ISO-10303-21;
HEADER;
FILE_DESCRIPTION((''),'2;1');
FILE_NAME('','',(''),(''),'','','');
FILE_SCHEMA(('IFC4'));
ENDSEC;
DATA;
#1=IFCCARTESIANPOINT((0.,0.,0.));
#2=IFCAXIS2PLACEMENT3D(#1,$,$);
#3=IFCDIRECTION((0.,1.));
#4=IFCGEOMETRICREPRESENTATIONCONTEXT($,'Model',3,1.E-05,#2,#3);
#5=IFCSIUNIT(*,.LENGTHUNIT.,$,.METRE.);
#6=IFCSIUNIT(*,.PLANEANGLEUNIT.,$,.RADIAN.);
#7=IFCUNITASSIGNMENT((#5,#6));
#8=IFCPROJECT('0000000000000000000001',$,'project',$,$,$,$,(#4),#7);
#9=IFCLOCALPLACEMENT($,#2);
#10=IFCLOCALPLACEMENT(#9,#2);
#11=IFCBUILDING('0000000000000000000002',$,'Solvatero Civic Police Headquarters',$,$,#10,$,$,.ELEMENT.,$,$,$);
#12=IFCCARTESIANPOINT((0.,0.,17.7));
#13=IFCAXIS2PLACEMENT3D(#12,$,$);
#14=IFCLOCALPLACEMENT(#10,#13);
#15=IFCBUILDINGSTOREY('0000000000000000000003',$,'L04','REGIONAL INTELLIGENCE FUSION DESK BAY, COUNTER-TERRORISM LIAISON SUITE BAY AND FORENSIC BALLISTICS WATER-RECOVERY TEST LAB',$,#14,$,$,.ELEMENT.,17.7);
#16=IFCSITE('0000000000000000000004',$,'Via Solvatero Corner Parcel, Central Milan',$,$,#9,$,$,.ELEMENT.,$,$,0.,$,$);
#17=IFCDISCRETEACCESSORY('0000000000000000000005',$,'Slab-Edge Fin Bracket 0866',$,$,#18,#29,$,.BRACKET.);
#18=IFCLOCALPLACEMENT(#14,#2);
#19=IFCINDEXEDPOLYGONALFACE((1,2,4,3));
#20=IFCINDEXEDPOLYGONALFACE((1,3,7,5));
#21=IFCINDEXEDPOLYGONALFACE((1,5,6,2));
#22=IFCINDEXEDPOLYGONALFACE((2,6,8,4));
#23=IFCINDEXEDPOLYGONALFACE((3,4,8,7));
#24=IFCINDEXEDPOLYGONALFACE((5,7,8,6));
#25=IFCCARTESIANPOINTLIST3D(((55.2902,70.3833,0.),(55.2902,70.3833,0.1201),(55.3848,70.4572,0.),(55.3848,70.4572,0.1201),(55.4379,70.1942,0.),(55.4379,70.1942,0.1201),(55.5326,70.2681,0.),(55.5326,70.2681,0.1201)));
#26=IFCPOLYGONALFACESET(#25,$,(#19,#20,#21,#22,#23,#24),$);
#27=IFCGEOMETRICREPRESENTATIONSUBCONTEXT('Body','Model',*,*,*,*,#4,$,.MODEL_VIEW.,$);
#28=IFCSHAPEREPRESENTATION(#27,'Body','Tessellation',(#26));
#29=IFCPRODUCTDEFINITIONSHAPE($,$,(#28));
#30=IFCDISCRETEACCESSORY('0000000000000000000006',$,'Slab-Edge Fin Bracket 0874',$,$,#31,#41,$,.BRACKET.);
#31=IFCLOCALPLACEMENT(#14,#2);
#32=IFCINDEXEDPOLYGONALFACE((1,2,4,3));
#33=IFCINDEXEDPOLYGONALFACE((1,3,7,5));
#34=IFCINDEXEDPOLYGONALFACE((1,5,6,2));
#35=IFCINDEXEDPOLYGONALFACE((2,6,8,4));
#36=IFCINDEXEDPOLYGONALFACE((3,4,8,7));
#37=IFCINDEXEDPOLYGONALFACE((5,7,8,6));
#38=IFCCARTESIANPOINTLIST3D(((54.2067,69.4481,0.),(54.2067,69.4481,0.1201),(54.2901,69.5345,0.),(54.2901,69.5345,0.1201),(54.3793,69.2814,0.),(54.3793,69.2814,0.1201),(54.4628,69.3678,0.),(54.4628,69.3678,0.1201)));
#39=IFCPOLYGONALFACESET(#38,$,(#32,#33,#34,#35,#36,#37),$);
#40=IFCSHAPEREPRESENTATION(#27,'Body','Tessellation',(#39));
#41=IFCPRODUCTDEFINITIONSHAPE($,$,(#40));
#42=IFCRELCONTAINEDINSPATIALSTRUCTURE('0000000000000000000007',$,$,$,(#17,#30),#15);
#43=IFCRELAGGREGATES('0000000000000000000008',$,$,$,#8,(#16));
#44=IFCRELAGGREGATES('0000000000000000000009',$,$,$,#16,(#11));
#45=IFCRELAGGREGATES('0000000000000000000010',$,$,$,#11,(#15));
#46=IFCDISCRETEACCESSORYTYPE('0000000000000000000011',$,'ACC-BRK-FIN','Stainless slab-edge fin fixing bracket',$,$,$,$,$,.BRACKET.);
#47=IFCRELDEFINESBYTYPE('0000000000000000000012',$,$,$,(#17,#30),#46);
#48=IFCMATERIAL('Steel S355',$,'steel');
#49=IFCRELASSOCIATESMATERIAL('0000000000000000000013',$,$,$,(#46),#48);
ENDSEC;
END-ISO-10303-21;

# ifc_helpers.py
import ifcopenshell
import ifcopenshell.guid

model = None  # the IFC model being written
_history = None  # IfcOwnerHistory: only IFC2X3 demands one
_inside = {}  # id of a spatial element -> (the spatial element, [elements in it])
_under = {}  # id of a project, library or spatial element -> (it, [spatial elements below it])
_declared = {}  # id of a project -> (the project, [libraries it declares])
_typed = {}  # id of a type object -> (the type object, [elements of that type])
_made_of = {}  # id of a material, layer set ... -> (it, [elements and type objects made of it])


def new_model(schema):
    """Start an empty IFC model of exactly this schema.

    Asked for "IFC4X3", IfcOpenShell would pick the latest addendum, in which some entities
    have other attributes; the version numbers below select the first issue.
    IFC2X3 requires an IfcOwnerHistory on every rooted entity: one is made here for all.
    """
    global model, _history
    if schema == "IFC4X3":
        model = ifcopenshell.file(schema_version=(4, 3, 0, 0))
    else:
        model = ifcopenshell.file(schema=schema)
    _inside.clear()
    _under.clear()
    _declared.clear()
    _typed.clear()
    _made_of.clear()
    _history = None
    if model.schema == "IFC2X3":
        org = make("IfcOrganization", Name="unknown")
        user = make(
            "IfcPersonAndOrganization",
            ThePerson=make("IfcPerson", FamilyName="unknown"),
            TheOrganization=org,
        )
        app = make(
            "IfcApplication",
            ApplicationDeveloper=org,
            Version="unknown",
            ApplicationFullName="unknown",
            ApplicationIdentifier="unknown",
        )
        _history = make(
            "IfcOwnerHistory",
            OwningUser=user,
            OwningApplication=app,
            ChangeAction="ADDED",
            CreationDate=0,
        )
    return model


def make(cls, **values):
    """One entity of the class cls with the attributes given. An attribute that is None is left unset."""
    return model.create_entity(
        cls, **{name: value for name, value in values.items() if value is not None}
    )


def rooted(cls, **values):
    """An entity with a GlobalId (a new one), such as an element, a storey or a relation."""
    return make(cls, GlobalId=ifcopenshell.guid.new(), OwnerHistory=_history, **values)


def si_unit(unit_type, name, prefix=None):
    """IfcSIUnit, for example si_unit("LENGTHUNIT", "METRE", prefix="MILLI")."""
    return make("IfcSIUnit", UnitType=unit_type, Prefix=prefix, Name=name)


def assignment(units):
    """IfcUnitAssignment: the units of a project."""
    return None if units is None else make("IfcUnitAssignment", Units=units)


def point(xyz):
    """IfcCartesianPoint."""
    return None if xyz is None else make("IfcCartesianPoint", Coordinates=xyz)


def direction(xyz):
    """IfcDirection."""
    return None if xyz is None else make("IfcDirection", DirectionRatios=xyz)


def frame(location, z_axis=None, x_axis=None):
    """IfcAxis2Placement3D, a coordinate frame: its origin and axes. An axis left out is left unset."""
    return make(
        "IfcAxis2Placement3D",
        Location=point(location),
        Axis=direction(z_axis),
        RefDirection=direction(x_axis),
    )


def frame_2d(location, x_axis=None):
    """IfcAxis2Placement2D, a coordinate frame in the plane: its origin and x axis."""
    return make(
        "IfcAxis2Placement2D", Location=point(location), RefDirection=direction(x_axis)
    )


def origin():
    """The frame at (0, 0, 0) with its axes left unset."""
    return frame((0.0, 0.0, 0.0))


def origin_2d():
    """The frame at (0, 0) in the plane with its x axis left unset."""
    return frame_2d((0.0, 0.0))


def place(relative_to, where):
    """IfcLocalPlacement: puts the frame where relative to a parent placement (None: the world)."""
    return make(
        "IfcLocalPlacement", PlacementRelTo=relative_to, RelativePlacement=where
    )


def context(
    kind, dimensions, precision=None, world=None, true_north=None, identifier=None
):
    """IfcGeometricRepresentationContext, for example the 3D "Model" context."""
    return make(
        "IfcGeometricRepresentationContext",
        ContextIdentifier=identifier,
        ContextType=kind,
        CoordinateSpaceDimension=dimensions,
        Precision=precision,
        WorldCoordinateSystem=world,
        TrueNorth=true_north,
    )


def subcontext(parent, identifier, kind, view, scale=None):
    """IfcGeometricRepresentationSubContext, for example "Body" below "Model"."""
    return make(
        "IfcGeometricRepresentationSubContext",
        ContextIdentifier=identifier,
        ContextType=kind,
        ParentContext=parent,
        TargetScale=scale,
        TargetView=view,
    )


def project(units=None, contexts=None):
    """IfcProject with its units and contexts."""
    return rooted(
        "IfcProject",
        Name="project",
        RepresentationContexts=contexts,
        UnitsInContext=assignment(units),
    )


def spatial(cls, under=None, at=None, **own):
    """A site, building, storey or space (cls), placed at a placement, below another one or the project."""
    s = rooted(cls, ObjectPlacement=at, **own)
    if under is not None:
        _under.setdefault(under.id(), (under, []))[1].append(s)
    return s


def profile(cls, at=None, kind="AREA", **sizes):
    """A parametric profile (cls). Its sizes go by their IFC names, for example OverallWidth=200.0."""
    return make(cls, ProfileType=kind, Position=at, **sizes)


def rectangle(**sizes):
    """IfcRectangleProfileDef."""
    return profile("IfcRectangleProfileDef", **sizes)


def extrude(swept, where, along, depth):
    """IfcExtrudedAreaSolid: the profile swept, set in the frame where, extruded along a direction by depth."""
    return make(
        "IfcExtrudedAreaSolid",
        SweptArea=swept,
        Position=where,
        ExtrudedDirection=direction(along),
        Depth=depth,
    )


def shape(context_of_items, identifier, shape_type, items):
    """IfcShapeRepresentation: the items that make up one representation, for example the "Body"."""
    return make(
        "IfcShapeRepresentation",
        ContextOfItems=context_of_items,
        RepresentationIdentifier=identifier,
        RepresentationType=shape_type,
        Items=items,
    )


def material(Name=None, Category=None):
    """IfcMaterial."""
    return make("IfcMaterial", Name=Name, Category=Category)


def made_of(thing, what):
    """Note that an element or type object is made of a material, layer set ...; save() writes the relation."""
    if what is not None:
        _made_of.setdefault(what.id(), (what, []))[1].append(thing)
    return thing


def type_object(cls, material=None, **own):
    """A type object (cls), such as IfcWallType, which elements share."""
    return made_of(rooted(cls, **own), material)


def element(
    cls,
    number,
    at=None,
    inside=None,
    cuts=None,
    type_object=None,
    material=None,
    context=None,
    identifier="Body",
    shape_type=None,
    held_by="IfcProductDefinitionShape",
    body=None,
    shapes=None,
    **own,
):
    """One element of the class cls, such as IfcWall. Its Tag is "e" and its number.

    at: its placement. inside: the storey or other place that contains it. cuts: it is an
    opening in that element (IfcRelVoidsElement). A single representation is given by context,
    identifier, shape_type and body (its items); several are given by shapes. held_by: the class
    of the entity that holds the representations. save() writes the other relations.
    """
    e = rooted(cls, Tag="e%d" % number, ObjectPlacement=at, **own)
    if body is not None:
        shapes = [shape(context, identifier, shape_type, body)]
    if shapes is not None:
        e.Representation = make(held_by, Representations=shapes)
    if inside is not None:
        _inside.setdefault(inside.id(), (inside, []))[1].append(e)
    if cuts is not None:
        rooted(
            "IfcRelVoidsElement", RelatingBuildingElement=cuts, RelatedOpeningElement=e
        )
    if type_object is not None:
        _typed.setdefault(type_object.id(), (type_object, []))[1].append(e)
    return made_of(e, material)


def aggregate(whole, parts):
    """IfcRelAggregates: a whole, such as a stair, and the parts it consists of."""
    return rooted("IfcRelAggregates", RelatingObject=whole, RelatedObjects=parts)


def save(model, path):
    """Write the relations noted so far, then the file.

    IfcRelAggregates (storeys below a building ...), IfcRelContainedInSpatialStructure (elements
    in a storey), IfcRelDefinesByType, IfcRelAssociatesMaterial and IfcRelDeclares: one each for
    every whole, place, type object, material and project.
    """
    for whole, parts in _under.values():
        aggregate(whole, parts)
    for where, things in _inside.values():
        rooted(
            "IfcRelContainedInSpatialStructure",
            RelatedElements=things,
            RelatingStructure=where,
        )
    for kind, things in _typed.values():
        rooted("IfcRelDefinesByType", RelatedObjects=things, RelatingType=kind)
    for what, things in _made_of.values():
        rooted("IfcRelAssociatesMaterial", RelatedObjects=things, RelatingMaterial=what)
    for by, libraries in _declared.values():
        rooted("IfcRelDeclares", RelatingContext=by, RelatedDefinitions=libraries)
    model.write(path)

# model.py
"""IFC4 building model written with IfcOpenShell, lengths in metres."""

from ifc_helpers import new_model, si_unit, direction, frame, origin, origin_2d, place, context, subcontext, project, spatial, rectangle, extrude, material, type_object, element, save


model = new_model("IFC4")

# Units and contexts
model_context = context("Model", 3, precision=1e-05, world=origin(), true_north=direction((0.0, 1.0)))
body_context = subcontext(model_context, "Body", "Model", "MODEL_VIEW")
ifc_project = project(units=[si_unit("LENGTHUNIT", "METRE"), si_unit("PLANEANGLEUNIT", "RADIAN")], contexts=[model_context])

# Site, building, storey
site_placement = place(None, origin())
site = spatial("IfcSite", under=ifc_project, at=site_placement, Name="Via Solvatero Corner Parcel, Central Milan", CompositionType="ELEMENT", RefElevation=0.0)
building_placement = place(site_placement, origin())
building = spatial("IfcBuilding", under=site, at=building_placement, Name="Solvatero Civic Police Headquarters", CompositionType="ELEMENT")
storey_placement = place(building_placement, frame((0.0, 0.0, 17.7)))
storey = spatial("IfcBuildingStorey", under=building, at=storey_placement, Name="L04", Description="REGIONAL INTELLIGENCE FUSION DESK BAY, COUNTER-TERRORISM LIAISON SUITE BAY AND FORENSIC BALLISTICS WATER-RECOVERY TEST LAB", CompositionType="ELEMENT", Elevation=17.7)

# Shared definitions
ifc_material_1 = material(Name="Steel S355", Category="steel")

# Discrete accessories
discrete_accessory_type = type_object("IfcDiscreteAccessoryType", Name="ACC-BRK-FIN", Description="Stainless slab-edge fin fixing bracket", PredefinedType="BRACKET", material=ifc_material_1)
for number, where, z_axis, x_axis, name in (
    (1, (55.4114, 70.3257, 0.0), (0.0, 0.0, 1.0), (-0.788011, -0.615661, 0.0), "Slab-Edge Fin Bracket 0866"),
    (2, (54.3347, 69.408, 0.0), (0.0, 0.0, 1.0), (-0.694646, -0.719352, 0.0), "Slab-Edge Fin Bracket 0874"),
):
    element("IfcDiscreteAccessory", number, at=place(storey_placement, frame(where, z_axis=z_axis, x_axis=x_axis)), inside=storey, type_object=discrete_accessory_type, Name=name, PredefinedType="BRACKET", context=body_context, shape_type="SweptSolid", body=[
        extrude(rectangle(XDim=0.1201, YDim=0.24, at=origin_2d()), origin(), (0.0, 0.0, 1.0), 0.1201),
    ])

save(model, "model.ifc")
